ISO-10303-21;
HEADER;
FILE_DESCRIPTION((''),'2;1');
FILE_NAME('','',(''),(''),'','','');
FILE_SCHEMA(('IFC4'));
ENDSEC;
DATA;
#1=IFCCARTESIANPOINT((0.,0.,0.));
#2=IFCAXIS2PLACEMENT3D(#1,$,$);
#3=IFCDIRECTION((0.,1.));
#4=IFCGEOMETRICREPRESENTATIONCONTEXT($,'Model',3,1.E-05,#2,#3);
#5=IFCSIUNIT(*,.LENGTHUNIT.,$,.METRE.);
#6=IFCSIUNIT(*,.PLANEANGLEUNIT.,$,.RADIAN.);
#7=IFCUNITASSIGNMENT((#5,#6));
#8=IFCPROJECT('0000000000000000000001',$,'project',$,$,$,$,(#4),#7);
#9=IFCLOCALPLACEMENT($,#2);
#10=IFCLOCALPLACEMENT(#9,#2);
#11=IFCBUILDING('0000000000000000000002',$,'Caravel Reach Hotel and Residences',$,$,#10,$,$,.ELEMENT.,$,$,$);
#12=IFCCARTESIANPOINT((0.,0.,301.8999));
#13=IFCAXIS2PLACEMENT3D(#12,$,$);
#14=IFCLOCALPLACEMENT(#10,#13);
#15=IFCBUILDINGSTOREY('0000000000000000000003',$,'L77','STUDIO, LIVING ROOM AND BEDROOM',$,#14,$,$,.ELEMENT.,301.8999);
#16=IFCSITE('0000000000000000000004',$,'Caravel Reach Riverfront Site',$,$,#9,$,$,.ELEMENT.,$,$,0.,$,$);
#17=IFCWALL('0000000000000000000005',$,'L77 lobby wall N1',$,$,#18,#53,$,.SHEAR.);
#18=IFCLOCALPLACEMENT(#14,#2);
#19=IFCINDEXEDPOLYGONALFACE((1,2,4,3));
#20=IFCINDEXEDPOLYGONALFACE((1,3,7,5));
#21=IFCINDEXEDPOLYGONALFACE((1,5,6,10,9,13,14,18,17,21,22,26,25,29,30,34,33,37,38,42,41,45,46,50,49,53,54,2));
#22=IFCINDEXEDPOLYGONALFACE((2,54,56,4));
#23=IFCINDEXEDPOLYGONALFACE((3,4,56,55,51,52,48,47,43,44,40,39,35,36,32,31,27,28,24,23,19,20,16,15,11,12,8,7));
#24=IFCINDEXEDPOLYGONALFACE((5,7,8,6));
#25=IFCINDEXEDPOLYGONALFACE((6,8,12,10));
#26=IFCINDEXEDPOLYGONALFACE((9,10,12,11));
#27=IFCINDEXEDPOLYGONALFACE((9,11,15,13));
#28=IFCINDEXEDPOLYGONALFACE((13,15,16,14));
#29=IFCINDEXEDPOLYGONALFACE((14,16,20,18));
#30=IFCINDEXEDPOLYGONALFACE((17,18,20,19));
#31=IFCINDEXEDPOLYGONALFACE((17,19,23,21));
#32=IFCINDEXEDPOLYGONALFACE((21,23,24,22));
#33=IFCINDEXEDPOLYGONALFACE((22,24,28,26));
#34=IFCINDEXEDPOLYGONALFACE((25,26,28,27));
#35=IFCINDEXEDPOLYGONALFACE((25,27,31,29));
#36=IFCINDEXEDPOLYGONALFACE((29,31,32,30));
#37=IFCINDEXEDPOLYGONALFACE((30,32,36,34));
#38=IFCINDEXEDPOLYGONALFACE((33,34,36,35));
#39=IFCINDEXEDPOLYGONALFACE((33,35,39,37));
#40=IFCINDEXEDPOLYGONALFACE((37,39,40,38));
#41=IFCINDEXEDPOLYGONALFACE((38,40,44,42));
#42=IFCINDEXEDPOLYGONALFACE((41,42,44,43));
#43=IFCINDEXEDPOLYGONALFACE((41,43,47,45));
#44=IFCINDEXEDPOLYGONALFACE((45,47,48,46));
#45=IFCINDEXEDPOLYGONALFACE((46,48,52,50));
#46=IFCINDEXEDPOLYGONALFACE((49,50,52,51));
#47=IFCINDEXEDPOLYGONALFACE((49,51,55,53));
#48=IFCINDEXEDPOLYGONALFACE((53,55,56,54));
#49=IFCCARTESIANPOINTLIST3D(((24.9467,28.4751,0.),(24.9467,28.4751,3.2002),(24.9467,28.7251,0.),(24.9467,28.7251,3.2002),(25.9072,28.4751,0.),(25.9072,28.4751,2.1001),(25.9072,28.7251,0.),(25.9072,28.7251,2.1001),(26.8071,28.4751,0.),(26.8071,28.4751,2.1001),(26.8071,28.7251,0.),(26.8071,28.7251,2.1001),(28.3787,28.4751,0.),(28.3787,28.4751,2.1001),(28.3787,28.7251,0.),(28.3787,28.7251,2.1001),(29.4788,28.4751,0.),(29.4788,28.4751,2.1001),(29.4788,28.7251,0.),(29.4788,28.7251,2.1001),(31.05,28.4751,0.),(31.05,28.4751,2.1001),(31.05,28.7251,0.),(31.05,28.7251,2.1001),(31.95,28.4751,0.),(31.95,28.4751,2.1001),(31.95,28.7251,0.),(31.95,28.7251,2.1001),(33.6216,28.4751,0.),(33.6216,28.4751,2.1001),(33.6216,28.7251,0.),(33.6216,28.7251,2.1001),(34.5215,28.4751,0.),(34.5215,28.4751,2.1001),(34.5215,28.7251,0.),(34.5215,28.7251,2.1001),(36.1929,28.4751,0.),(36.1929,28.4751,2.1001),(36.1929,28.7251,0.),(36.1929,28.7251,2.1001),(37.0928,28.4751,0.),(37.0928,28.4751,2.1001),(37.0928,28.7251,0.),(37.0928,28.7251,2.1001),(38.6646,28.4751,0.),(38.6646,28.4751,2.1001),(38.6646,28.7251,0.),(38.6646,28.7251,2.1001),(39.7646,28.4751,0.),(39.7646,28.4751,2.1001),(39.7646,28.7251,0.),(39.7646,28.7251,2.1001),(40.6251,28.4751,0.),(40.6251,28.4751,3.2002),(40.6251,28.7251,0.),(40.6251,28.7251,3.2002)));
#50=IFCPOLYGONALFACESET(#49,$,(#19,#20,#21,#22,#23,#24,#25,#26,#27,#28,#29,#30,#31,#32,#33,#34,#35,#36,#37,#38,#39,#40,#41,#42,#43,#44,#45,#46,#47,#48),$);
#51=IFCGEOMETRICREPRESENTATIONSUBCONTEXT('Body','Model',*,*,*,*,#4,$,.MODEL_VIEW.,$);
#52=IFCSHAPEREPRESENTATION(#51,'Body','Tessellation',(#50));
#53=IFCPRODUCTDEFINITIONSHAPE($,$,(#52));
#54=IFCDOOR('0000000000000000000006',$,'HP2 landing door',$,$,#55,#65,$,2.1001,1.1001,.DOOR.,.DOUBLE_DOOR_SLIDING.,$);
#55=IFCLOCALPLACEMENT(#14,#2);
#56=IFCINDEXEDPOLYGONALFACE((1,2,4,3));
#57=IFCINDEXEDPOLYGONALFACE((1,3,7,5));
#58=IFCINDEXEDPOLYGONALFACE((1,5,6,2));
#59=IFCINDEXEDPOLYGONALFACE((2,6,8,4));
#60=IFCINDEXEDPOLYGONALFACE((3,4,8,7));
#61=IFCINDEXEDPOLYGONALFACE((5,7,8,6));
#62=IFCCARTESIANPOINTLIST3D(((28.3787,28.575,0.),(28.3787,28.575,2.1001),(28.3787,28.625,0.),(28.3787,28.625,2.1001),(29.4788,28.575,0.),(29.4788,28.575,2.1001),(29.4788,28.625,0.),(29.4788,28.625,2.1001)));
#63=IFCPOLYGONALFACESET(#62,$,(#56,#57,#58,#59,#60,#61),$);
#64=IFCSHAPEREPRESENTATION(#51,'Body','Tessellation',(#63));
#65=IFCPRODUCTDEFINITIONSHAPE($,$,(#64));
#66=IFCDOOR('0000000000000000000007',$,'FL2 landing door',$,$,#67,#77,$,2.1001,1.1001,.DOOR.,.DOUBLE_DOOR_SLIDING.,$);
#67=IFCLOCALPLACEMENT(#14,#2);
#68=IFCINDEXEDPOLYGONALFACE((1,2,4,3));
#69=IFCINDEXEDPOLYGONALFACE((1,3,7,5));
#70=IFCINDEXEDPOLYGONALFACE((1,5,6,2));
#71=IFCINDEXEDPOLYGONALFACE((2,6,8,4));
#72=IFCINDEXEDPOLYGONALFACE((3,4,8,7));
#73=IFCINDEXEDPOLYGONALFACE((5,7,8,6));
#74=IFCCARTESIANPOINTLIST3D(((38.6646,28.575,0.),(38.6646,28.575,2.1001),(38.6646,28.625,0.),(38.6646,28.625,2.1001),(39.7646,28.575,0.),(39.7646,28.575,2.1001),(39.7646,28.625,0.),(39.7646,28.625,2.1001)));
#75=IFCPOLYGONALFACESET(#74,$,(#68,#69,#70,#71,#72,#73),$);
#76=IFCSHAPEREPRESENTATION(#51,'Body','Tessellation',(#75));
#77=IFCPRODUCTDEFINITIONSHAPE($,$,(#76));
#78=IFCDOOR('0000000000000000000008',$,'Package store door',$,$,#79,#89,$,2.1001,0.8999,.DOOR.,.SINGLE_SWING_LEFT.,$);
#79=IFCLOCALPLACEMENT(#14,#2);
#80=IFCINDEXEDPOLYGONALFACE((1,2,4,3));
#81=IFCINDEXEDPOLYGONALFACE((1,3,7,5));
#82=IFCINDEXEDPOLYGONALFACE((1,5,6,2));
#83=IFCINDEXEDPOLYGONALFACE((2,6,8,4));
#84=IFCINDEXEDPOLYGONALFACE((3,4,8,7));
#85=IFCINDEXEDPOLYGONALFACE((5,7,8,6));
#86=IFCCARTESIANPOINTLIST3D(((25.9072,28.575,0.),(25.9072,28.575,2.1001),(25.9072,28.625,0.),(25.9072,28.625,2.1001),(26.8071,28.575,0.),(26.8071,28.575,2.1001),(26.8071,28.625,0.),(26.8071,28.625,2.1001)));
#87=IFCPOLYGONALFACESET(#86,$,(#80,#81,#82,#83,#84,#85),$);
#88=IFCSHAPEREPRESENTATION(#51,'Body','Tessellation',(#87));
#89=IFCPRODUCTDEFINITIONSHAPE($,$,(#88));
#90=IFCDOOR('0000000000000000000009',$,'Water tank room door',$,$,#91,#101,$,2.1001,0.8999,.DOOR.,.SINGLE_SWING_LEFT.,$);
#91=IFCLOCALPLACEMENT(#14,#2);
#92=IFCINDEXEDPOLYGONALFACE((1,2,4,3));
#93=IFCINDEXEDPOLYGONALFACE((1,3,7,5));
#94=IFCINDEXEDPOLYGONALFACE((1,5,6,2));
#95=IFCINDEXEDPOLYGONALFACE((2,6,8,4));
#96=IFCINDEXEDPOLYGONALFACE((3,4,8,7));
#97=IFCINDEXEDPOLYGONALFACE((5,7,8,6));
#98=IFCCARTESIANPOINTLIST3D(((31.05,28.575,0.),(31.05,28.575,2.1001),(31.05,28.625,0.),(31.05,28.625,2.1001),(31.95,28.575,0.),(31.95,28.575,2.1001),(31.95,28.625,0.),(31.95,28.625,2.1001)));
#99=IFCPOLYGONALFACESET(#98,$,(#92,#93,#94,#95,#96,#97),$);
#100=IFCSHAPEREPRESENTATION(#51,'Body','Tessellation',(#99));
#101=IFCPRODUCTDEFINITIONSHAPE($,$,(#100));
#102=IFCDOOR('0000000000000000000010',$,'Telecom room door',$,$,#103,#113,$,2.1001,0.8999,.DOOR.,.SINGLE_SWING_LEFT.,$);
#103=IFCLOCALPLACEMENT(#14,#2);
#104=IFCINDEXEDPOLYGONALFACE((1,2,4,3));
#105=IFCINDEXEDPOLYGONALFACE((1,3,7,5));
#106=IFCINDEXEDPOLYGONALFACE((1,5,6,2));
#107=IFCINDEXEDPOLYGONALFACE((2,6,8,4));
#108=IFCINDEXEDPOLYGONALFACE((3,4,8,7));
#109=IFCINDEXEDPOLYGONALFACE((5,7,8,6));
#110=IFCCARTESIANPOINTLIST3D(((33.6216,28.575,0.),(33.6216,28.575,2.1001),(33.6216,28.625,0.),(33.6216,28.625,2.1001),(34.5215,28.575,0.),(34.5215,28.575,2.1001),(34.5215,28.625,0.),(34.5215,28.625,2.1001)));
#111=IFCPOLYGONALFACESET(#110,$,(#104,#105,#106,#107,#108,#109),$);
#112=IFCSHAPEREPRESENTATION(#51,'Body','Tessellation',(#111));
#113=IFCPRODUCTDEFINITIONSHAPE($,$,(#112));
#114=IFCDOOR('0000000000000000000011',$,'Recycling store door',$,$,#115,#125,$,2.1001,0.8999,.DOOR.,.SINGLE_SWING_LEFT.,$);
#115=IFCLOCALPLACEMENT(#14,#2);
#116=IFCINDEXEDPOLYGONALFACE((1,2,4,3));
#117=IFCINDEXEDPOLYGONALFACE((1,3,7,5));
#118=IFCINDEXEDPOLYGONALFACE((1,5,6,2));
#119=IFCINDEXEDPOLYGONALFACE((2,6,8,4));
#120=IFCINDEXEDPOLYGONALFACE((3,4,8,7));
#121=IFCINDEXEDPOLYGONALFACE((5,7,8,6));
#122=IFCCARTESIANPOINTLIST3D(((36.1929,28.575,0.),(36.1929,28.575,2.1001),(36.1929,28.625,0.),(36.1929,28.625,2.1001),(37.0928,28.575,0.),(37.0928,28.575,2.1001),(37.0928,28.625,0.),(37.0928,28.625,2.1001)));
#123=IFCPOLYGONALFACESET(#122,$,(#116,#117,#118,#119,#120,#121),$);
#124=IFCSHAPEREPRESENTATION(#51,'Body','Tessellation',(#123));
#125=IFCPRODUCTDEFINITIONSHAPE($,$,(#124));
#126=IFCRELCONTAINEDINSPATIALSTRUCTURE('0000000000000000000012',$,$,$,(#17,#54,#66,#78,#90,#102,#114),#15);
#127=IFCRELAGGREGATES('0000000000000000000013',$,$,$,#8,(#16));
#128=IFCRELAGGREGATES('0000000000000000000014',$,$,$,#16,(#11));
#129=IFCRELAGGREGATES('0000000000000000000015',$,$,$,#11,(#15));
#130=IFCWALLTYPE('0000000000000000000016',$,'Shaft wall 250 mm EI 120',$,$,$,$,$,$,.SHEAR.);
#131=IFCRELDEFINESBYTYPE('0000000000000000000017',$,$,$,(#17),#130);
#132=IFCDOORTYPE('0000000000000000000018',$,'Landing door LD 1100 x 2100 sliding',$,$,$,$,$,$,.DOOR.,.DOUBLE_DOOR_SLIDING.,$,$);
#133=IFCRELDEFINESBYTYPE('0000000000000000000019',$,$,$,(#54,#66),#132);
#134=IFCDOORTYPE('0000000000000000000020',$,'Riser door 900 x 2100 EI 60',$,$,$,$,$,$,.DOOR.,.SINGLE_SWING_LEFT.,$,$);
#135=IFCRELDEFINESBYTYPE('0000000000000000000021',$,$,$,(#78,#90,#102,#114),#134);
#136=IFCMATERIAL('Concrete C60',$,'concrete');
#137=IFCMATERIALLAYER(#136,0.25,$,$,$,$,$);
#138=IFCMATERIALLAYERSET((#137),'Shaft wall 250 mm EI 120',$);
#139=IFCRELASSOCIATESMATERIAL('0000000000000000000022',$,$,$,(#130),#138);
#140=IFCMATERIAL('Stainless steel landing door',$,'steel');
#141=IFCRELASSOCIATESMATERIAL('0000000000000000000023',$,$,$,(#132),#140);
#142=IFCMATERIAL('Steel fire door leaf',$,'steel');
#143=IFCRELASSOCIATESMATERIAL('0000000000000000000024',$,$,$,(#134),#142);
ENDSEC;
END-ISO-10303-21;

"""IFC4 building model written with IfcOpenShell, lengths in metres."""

from ifc_helpers import new_model, si_unit, direction, frame, frame_2d, origin, place, context, subcontext, project, spatial, rectangle, extrude, material, layer, layer_set, type_object, element, fill, save


model = new_model("IFC4")

# Units and contexts
model_context = context("Model", 3, precision=1e-05, world=origin(), true_north=direction((0.0, 1.0)))
body_context = subcontext(model_context, "Body", "Model", "MODEL_VIEW")
ifc_project = project(units=[si_unit("LENGTHUNIT", "METRE"), si_unit("PLANEANGLEUNIT", "RADIAN")], contexts=[model_context])

# Site, building, storey
site_placement = place(None, origin())
site = spatial("IfcSite", under=ifc_project, at=site_placement, Name="Caravel Reach Riverfront Site", CompositionType="ELEMENT", RefElevation=0.0)
building_placement = place(site_placement, origin())
building = spatial("IfcBuilding", under=site, at=building_placement, Name="Caravel Reach Hotel and Residences", CompositionType="ELEMENT")
storey_placement = place(building_placement, frame((0.0, 0.0, 301.8999)))
storey = spatial("IfcBuildingStorey", under=building, at=storey_placement, Name="L77", Description="STUDIO, LIVING ROOM AND BEDROOM", CompositionType="ELEMENT", Elevation=301.8999)

# Wall, openings, doors
ifc_material_1 = material(Name="Concrete C60", Category="concrete")
ifc_layer_1 = layer(ifc_material_1, 0.25)
ifc_layer_set_1 = layer_set([ifc_layer_1], Name="Shaft wall 250 mm EI 120")
wall_type_1 = type_object("IfcWallType", Name="Shaft wall 250 mm EI 120", PredefinedType="SHEAR", material=ifc_layer_set_1)
ifc_material_2 = material(Name="Stainless steel landing door", Category="steel")
door_type_1 = type_object("IfcDoorType", Name="Landing door LD 1100 x 2100 sliding", OperationType="DOUBLE_DOOR_SLIDING", PredefinedType="DOOR", material=ifc_material_2)
ifc_material_3 = material(Name="Steel fire door leaf", Category="steel")
door_type_2 = type_object("IfcDoorType", Name="Riser door 900 x 2100 EI 60", OperationType="SINGLE_SWING_LEFT", PredefinedType="DOOR", material=ifc_material_3)
wall_1_placement = place(storey_placement, frame((24.9465, 28.6001, 0.0), z_axis=(0.0, 0.0, 1.0), x_axis=(1.0, 0.0, 0.0)))
wall_1 = element("IfcWall", 1, at=wall_1_placement, inside=storey, type_object=wall_type_1, Name="L77 lobby wall N1", PredefinedType="SHEAR", context=body_context, shape_type="SweptSolid", body=[
    extrude(rectangle(XDim=15.6785, YDim=0.25, at=frame_2d((7.8394, 0.0))), origin(), (0.0, 0.0, 1.0), 3.2002),
])
opening_1_placement = place(wall_1_placement, frame((3.4321, 0.0, 0.0)))
opening_1 = element("IfcOpeningElement", 2, at=opening_1_placement, cuts=wall_1, PredefinedType="OPENING", context=body_context, shape_type="SweptSolid", body=[
    extrude(rectangle(XDim=1.1001, YDim=2.1001, at=frame_2d((0.55, 1.05))), frame((0.0, 0.135, 0.0), z_axis=(0.0, -1.0, 0.0), x_axis=(1.0, 0.0, 0.0)), (0.0, 0.0, 1.0), 0.27),
])
opening_2_placement = place(wall_1_placement, frame((13.718, 0.0, 0.0)))
opening_2 = element("IfcOpeningElement", 3, at=opening_2_placement, cuts=wall_1, PredefinedType="OPENING", context=body_context, shape_type="SweptSolid", body=[
    extrude(rectangle(XDim=1.1001, YDim=2.1001, at=frame_2d((0.55, 1.05))), frame((0.0, 0.135, 0.0), z_axis=(0.0, -1.0, 0.0), x_axis=(1.0, 0.0, 0.0)), (0.0, 0.0, 1.0), 0.27),
])
opening_3_placement = place(wall_1_placement, frame((0.9607, 0.0, 0.0)))
opening_3 = element("IfcOpeningElement", 4, at=opening_3_placement, cuts=wall_1, PredefinedType="OPENING", context=body_context, shape_type="SweptSolid", body=[
    extrude(rectangle(XDim=0.8999, YDim=2.1001, at=frame_2d((0.45, 1.05))), frame((0.0, 0.135, 0.0), z_axis=(0.0, -1.0, 0.0), x_axis=(1.0, 0.0, 0.0)), (0.0, 0.0, 1.0), 0.27),
])
opening_4_placement = place(wall_1_placement, frame((6.1035, 0.0, 0.0)))
opening_4 = element("IfcOpeningElement", 5, at=opening_4_placement, cuts=wall_1, PredefinedType="OPENING", context=body_context, shape_type="SweptSolid", body=[
    extrude(rectangle(XDim=0.8999, YDim=2.1001, at=frame_2d((0.45, 1.05))), frame((0.0, 0.135, 0.0), z_axis=(0.0, -1.0, 0.0), x_axis=(1.0, 0.0, 0.0)), (0.0, 0.0, 1.0), 0.27),
])
opening_5_placement = place(wall_1_placement, frame((8.675, 0.0, 0.0)))
opening_5 = element("IfcOpeningElement", 6, at=opening_5_placement, cuts=wall_1, PredefinedType="OPENING", context=body_context, shape_type="SweptSolid", body=[
    extrude(rectangle(XDim=0.8999, YDim=2.1001, at=frame_2d((0.45, 1.05))), frame((0.0, 0.135, 0.0), z_axis=(0.0, -1.0, 0.0), x_axis=(1.0, 0.0, 0.0)), (0.0, 0.0, 1.0), 0.27),
])
opening_6_placement = place(wall_1_placement, frame((11.2463, 0.0, 0.0)))
opening_6 = element("IfcOpeningElement", 7, at=opening_6_placement, cuts=wall_1, PredefinedType="OPENING", context=body_context, shape_type="SweptSolid", body=[
    extrude(rectangle(XDim=0.8999, YDim=2.1001, at=frame_2d((0.45, 1.05))), frame((0.0, 0.135, 0.0), z_axis=(0.0, -1.0, 0.0), x_axis=(1.0, 0.0, 0.0)), (0.0, 0.0, 1.0), 0.27),
])
door_1_placement = place(opening_1_placement, origin())
door_1 = element("IfcDoor", 8, at=door_1_placement, inside=storey, type_object=door_type_1, Name="HP2 landing door", OperationType="DOUBLE_DOOR_SLIDING", OverallHeight=2.1001, OverallWidth=1.1001, PredefinedType="DOOR", context=body_context, shape_type="SweptSolid", body=[
    extrude(rectangle(XDim=1.1001, YDim=2.1001, at=frame_2d((0.55, 1.05))), frame((0.0, 0.0249, 0.0), z_axis=(0.0, -1.0, 0.0), x_axis=(1.0, 0.0, 0.0)), (0.0, 0.0, 1.0), 0.05),
])
fill(opening_1, door_1)
door_2_placement = place(opening_2_placement, origin())
door_2 = element("IfcDoor", 9, at=door_2_placement, inside=storey, type_object=door_type_1, Name="FL2 landing door", OperationType="DOUBLE_DOOR_SLIDING", OverallHeight=2.1001, OverallWidth=1.1001, PredefinedType="DOOR", context=body_context, shape_type="SweptSolid", body=[
    extrude(rectangle(XDim=1.1001, YDim=2.1001, at=frame_2d((0.55, 1.05))), frame((0.0, 0.0249, 0.0), z_axis=(0.0, -1.0, 0.0), x_axis=(1.0, 0.0, 0.0)), (0.0, 0.0, 1.0), 0.05),
])
fill(opening_2, door_2)
door_3_placement = place(opening_3_placement, origin())
door_3 = element("IfcDoor", 10, at=door_3_placement, inside=storey, type_object=door_type_2, Name="Package store door", OperationType="SINGLE_SWING_LEFT", OverallHeight=2.1001, OverallWidth=0.8999, PredefinedType="DOOR", context=body_context, shape_type="SweptSolid", body=[
    extrude(rectangle(XDim=0.8999, YDim=2.1001, at=frame_2d((0.45, 1.05))), frame((0.0, 0.0249, 0.0), z_axis=(0.0, -1.0, 0.0), x_axis=(1.0, 0.0, 0.0)), (0.0, 0.0, 1.0), 0.05),
])
fill(opening_3, door_3)
door_4_placement = place(opening_4_placement, origin())
door_4 = element("IfcDoor", 11, at=door_4_placement, inside=storey, type_object=door_type_2, Name="Water tank room door", OperationType="SINGLE_SWING_LEFT", OverallHeight=2.1001, OverallWidth=0.8999, PredefinedType="DOOR", context=body_context, shape_type="SweptSolid", body=[
    extrude(rectangle(XDim=0.8999, YDim=2.1001, at=frame_2d((0.45, 1.05))), frame((0.0, 0.0249, 0.0), z_axis=(0.0, -1.0, 0.0), x_axis=(1.0, 0.0, 0.0)), (0.0, 0.0, 1.0), 0.05),
])
fill(opening_4, door_4)
door_5_placement = place(opening_5_placement, origin())
door_5 = element("IfcDoor", 12, at=door_5_placement, inside=storey, type_object=door_type_2, Name="Telecom room door", OperationType="SINGLE_SWING_LEFT", OverallHeight=2.1001, OverallWidth=0.8999, PredefinedType="DOOR", context=body_context, shape_type="SweptSolid", body=[
    extrude(rectangle(XDim=0.8999, YDim=2.1001, at=frame_2d((0.45, 1.05))), frame((0.0, 0.0249, 0.0), z_axis=(0.0, -1.0, 0.0), x_axis=(1.0, 0.0, 0.0)), (0.0, 0.0, 1.0), 0.05),
])
fill(opening_5, door_5)
door_6_placement = place(opening_6_placement, origin())
door_6 = element("IfcDoor", 13, at=door_6_placement, inside=storey, type_object=door_type_2, Name="Recycling store door", OperationType="SINGLE_SWING_LEFT", OverallHeight=2.1001, OverallWidth=0.8999, PredefinedType="DOOR", context=body_context, shape_type="SweptSolid", body=[
    extrude(rectangle(XDim=0.8999, YDim=2.1001, at=frame_2d((0.45, 1.05))), frame((0.0, 0.0249, 0.0), z_axis=(0.0, -1.0, 0.0), x_axis=(1.0, 0.0, 0.0)), (0.0, 0.0, 1.0), 0.05),
])
fill(opening_6, door_6)

save(model, "model.ifc")
